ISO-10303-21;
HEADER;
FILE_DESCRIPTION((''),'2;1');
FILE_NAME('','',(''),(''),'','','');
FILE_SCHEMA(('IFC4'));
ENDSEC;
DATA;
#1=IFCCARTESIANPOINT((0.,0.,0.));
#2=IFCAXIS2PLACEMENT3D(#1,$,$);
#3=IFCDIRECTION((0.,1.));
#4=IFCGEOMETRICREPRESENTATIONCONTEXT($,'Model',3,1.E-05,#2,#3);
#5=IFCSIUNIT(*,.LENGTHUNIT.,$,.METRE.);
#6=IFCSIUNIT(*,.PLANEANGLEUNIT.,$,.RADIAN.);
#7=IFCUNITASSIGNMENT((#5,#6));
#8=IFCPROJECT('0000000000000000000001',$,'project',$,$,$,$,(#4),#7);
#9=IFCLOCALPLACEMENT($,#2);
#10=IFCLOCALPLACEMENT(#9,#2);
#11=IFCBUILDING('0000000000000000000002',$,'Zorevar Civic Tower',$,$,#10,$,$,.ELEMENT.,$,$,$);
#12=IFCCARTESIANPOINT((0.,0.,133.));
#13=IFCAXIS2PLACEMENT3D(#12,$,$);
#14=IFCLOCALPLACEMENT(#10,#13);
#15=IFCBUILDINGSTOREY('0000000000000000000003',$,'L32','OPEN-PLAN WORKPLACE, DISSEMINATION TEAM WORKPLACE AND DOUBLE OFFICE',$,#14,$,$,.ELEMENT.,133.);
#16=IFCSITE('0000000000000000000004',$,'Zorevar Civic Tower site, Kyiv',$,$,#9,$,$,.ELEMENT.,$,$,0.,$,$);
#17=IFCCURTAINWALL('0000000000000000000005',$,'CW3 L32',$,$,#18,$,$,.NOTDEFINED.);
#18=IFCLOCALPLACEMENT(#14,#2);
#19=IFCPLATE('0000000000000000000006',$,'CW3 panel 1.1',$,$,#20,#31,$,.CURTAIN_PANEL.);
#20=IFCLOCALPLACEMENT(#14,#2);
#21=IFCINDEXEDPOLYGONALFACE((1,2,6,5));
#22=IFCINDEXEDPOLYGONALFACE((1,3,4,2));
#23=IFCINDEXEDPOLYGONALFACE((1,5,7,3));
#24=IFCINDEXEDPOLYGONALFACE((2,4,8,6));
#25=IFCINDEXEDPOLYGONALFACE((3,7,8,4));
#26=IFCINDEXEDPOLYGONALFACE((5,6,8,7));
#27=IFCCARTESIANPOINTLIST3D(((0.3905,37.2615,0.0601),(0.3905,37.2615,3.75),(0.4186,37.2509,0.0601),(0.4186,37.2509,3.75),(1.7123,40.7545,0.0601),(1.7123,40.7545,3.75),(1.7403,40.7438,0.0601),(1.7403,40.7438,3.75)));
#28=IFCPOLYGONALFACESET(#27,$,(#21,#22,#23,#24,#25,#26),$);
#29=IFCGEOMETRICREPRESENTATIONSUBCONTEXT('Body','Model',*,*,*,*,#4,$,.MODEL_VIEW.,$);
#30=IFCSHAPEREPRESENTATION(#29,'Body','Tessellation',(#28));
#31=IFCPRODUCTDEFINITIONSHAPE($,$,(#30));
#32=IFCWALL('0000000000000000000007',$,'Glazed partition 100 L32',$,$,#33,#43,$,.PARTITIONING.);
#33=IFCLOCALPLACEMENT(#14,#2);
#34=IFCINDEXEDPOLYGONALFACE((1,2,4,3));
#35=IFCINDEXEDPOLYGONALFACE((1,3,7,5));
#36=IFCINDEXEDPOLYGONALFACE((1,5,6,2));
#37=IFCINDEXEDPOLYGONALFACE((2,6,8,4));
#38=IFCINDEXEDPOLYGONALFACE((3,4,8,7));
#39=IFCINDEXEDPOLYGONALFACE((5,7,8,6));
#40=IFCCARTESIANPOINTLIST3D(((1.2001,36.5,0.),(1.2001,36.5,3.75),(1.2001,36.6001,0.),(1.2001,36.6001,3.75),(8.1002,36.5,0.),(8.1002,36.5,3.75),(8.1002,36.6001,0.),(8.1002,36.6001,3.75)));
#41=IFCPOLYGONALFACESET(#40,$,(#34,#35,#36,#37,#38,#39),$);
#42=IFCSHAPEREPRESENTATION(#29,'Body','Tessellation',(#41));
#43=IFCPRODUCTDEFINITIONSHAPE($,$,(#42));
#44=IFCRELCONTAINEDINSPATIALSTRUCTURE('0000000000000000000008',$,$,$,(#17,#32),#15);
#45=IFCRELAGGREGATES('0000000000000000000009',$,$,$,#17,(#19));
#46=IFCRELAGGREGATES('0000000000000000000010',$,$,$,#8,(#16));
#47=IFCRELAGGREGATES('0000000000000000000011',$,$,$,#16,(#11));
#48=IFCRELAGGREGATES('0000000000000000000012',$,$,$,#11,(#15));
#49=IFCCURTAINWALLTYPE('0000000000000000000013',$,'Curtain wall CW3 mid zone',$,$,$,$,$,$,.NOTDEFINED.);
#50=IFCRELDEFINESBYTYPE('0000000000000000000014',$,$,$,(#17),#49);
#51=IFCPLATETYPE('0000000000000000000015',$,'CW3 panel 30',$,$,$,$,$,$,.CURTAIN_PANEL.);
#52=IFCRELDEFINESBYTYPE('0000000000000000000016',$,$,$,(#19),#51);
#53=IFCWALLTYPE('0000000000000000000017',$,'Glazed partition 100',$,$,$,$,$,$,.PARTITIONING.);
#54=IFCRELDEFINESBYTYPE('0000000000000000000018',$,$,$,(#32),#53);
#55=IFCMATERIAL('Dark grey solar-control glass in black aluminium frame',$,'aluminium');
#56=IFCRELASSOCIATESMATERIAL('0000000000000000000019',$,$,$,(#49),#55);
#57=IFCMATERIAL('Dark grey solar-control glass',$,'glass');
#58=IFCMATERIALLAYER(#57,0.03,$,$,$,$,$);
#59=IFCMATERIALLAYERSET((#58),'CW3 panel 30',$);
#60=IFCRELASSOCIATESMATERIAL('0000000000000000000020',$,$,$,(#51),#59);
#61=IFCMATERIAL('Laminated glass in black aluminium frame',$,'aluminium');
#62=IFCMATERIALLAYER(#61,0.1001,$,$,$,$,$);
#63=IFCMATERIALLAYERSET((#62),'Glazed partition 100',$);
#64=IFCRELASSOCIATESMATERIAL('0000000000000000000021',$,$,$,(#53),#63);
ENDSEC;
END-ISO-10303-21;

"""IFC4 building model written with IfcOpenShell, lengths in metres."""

from ifc_helpers import new_model, si_unit, direction, frame, frame_2d, origin, origin_2d, place, context, subcontext, project, spatial, rectangle, extrude, material, layer, layer_set, type_object, element, aggregate, save


model = new_model("IFC4")

# Units and contexts
model_context = context("Model", 3, precision=1e-05, world=origin(), true_north=direction((0.0, 1.0)))
body_context = subcontext(model_context, "Body", "Model", "MODEL_VIEW")
ifc_project = project(units=[si_unit("LENGTHUNIT", "METRE"), si_unit("PLANEANGLEUNIT", "RADIAN")], contexts=[model_context])

# Site, building, storey
site_placement = place(None, origin())
site = spatial("IfcSite", under=ifc_project, at=site_placement, Name="Zorevar Civic Tower site, Kyiv", CompositionType="ELEMENT", RefElevation=0.0)
building_placement = place(site_placement, origin())
building = spatial("IfcBuilding", under=site, at=building_placement, Name="Zorevar Civic Tower", CompositionType="ELEMENT")
storey_placement = place(building_placement, frame((0.0, 0.0, 133.0)))
storey = spatial("IfcBuildingStorey", under=building, at=storey_placement, Name="L32", Description="OPEN-PLAN WORKPLACE, DISSEMINATION TEAM WORKPLACE AND DOUBLE OFFICE", CompositionType="ELEMENT", Elevation=133.0)

# Shared definitions
ifc_material_1 = material(Name="Dark grey solar-control glass in black aluminium frame", Category="aluminium")
curtain_wall_type = type_object("IfcCurtainWallType", Name="Curtain wall CW3 mid zone", PredefinedType="NOTDEFINED", material=ifc_material_1)

# Curtain wall
curtain_wall_1_placement = place(storey_placement, origin())
curtain_wall_1 = element("IfcCurtainWall", 1, at=curtain_wall_1_placement, inside=storey, type_object=curtain_wall_type, Name="CW3 L32", PredefinedType="NOTDEFINED")

# Plate
ifc_material_2 = material(Name="Dark grey solar-control glass", Category="glass")
ifc_layer_1 = layer(ifc_material_2, 0.03)
ifc_layer_set_1 = layer_set([ifc_layer_1], Name="CW3 panel 30")
plate_type = type_object("IfcPlateType", Name="CW3 panel 30", PredefinedType="CURTAIN_PANEL", material=ifc_layer_set_1)
plate_1_placement = place(storey_placement, frame((1.0654, 39.0027, 0.0601), z_axis=(0.0, 0.0, 1.0), x_axis=(-0.353918, -0.935277, 0.0)))
plate_1 = element("IfcPlate", 2, at=plate_1_placement, type_object=plate_type, Name="CW3 panel 1.1", PredefinedType="CURTAIN_PANEL", context=body_context, shape_type="SweptSolid", body=[
    extrude(rectangle(XDim=3.7346, YDim=0.03, at=origin_2d()), origin(), (0.0, 0.0, 1.0), 3.6899),
])
aggregate(curtain_wall_1, [plate_1])

# Wall
ifc_material_3 = material(Name="Laminated glass in black aluminium frame", Category="aluminium")
ifc_layer_2 = layer(ifc_material_3, 0.1001)
ifc_layer_set_2 = layer_set([ifc_layer_2], Name="Glazed partition 100")
wall_type = type_object("IfcWallType", Name="Glazed partition 100", PredefinedType="PARTITIONING", material=ifc_layer_set_2)
wall_placement = place(storey_placement, frame((1.2, 36.55, 0.0), z_axis=(0.0, 0.0, 1.0), x_axis=(1.0, 0.0, 0.0)))
element("IfcWall", 3, at=wall_placement, inside=storey, type_object=wall_type, Name="Glazed partition 100 L32", PredefinedType="PARTITIONING", context=body_context, shape_type="SweptSolid", body=[
    extrude(rectangle(XDim=6.9001, YDim=0.1001, at=frame_2d((3.4502, 0.0))), origin(), (0.0, 0.0, 1.0), 3.75),
])

save(model, "model.ifc")
